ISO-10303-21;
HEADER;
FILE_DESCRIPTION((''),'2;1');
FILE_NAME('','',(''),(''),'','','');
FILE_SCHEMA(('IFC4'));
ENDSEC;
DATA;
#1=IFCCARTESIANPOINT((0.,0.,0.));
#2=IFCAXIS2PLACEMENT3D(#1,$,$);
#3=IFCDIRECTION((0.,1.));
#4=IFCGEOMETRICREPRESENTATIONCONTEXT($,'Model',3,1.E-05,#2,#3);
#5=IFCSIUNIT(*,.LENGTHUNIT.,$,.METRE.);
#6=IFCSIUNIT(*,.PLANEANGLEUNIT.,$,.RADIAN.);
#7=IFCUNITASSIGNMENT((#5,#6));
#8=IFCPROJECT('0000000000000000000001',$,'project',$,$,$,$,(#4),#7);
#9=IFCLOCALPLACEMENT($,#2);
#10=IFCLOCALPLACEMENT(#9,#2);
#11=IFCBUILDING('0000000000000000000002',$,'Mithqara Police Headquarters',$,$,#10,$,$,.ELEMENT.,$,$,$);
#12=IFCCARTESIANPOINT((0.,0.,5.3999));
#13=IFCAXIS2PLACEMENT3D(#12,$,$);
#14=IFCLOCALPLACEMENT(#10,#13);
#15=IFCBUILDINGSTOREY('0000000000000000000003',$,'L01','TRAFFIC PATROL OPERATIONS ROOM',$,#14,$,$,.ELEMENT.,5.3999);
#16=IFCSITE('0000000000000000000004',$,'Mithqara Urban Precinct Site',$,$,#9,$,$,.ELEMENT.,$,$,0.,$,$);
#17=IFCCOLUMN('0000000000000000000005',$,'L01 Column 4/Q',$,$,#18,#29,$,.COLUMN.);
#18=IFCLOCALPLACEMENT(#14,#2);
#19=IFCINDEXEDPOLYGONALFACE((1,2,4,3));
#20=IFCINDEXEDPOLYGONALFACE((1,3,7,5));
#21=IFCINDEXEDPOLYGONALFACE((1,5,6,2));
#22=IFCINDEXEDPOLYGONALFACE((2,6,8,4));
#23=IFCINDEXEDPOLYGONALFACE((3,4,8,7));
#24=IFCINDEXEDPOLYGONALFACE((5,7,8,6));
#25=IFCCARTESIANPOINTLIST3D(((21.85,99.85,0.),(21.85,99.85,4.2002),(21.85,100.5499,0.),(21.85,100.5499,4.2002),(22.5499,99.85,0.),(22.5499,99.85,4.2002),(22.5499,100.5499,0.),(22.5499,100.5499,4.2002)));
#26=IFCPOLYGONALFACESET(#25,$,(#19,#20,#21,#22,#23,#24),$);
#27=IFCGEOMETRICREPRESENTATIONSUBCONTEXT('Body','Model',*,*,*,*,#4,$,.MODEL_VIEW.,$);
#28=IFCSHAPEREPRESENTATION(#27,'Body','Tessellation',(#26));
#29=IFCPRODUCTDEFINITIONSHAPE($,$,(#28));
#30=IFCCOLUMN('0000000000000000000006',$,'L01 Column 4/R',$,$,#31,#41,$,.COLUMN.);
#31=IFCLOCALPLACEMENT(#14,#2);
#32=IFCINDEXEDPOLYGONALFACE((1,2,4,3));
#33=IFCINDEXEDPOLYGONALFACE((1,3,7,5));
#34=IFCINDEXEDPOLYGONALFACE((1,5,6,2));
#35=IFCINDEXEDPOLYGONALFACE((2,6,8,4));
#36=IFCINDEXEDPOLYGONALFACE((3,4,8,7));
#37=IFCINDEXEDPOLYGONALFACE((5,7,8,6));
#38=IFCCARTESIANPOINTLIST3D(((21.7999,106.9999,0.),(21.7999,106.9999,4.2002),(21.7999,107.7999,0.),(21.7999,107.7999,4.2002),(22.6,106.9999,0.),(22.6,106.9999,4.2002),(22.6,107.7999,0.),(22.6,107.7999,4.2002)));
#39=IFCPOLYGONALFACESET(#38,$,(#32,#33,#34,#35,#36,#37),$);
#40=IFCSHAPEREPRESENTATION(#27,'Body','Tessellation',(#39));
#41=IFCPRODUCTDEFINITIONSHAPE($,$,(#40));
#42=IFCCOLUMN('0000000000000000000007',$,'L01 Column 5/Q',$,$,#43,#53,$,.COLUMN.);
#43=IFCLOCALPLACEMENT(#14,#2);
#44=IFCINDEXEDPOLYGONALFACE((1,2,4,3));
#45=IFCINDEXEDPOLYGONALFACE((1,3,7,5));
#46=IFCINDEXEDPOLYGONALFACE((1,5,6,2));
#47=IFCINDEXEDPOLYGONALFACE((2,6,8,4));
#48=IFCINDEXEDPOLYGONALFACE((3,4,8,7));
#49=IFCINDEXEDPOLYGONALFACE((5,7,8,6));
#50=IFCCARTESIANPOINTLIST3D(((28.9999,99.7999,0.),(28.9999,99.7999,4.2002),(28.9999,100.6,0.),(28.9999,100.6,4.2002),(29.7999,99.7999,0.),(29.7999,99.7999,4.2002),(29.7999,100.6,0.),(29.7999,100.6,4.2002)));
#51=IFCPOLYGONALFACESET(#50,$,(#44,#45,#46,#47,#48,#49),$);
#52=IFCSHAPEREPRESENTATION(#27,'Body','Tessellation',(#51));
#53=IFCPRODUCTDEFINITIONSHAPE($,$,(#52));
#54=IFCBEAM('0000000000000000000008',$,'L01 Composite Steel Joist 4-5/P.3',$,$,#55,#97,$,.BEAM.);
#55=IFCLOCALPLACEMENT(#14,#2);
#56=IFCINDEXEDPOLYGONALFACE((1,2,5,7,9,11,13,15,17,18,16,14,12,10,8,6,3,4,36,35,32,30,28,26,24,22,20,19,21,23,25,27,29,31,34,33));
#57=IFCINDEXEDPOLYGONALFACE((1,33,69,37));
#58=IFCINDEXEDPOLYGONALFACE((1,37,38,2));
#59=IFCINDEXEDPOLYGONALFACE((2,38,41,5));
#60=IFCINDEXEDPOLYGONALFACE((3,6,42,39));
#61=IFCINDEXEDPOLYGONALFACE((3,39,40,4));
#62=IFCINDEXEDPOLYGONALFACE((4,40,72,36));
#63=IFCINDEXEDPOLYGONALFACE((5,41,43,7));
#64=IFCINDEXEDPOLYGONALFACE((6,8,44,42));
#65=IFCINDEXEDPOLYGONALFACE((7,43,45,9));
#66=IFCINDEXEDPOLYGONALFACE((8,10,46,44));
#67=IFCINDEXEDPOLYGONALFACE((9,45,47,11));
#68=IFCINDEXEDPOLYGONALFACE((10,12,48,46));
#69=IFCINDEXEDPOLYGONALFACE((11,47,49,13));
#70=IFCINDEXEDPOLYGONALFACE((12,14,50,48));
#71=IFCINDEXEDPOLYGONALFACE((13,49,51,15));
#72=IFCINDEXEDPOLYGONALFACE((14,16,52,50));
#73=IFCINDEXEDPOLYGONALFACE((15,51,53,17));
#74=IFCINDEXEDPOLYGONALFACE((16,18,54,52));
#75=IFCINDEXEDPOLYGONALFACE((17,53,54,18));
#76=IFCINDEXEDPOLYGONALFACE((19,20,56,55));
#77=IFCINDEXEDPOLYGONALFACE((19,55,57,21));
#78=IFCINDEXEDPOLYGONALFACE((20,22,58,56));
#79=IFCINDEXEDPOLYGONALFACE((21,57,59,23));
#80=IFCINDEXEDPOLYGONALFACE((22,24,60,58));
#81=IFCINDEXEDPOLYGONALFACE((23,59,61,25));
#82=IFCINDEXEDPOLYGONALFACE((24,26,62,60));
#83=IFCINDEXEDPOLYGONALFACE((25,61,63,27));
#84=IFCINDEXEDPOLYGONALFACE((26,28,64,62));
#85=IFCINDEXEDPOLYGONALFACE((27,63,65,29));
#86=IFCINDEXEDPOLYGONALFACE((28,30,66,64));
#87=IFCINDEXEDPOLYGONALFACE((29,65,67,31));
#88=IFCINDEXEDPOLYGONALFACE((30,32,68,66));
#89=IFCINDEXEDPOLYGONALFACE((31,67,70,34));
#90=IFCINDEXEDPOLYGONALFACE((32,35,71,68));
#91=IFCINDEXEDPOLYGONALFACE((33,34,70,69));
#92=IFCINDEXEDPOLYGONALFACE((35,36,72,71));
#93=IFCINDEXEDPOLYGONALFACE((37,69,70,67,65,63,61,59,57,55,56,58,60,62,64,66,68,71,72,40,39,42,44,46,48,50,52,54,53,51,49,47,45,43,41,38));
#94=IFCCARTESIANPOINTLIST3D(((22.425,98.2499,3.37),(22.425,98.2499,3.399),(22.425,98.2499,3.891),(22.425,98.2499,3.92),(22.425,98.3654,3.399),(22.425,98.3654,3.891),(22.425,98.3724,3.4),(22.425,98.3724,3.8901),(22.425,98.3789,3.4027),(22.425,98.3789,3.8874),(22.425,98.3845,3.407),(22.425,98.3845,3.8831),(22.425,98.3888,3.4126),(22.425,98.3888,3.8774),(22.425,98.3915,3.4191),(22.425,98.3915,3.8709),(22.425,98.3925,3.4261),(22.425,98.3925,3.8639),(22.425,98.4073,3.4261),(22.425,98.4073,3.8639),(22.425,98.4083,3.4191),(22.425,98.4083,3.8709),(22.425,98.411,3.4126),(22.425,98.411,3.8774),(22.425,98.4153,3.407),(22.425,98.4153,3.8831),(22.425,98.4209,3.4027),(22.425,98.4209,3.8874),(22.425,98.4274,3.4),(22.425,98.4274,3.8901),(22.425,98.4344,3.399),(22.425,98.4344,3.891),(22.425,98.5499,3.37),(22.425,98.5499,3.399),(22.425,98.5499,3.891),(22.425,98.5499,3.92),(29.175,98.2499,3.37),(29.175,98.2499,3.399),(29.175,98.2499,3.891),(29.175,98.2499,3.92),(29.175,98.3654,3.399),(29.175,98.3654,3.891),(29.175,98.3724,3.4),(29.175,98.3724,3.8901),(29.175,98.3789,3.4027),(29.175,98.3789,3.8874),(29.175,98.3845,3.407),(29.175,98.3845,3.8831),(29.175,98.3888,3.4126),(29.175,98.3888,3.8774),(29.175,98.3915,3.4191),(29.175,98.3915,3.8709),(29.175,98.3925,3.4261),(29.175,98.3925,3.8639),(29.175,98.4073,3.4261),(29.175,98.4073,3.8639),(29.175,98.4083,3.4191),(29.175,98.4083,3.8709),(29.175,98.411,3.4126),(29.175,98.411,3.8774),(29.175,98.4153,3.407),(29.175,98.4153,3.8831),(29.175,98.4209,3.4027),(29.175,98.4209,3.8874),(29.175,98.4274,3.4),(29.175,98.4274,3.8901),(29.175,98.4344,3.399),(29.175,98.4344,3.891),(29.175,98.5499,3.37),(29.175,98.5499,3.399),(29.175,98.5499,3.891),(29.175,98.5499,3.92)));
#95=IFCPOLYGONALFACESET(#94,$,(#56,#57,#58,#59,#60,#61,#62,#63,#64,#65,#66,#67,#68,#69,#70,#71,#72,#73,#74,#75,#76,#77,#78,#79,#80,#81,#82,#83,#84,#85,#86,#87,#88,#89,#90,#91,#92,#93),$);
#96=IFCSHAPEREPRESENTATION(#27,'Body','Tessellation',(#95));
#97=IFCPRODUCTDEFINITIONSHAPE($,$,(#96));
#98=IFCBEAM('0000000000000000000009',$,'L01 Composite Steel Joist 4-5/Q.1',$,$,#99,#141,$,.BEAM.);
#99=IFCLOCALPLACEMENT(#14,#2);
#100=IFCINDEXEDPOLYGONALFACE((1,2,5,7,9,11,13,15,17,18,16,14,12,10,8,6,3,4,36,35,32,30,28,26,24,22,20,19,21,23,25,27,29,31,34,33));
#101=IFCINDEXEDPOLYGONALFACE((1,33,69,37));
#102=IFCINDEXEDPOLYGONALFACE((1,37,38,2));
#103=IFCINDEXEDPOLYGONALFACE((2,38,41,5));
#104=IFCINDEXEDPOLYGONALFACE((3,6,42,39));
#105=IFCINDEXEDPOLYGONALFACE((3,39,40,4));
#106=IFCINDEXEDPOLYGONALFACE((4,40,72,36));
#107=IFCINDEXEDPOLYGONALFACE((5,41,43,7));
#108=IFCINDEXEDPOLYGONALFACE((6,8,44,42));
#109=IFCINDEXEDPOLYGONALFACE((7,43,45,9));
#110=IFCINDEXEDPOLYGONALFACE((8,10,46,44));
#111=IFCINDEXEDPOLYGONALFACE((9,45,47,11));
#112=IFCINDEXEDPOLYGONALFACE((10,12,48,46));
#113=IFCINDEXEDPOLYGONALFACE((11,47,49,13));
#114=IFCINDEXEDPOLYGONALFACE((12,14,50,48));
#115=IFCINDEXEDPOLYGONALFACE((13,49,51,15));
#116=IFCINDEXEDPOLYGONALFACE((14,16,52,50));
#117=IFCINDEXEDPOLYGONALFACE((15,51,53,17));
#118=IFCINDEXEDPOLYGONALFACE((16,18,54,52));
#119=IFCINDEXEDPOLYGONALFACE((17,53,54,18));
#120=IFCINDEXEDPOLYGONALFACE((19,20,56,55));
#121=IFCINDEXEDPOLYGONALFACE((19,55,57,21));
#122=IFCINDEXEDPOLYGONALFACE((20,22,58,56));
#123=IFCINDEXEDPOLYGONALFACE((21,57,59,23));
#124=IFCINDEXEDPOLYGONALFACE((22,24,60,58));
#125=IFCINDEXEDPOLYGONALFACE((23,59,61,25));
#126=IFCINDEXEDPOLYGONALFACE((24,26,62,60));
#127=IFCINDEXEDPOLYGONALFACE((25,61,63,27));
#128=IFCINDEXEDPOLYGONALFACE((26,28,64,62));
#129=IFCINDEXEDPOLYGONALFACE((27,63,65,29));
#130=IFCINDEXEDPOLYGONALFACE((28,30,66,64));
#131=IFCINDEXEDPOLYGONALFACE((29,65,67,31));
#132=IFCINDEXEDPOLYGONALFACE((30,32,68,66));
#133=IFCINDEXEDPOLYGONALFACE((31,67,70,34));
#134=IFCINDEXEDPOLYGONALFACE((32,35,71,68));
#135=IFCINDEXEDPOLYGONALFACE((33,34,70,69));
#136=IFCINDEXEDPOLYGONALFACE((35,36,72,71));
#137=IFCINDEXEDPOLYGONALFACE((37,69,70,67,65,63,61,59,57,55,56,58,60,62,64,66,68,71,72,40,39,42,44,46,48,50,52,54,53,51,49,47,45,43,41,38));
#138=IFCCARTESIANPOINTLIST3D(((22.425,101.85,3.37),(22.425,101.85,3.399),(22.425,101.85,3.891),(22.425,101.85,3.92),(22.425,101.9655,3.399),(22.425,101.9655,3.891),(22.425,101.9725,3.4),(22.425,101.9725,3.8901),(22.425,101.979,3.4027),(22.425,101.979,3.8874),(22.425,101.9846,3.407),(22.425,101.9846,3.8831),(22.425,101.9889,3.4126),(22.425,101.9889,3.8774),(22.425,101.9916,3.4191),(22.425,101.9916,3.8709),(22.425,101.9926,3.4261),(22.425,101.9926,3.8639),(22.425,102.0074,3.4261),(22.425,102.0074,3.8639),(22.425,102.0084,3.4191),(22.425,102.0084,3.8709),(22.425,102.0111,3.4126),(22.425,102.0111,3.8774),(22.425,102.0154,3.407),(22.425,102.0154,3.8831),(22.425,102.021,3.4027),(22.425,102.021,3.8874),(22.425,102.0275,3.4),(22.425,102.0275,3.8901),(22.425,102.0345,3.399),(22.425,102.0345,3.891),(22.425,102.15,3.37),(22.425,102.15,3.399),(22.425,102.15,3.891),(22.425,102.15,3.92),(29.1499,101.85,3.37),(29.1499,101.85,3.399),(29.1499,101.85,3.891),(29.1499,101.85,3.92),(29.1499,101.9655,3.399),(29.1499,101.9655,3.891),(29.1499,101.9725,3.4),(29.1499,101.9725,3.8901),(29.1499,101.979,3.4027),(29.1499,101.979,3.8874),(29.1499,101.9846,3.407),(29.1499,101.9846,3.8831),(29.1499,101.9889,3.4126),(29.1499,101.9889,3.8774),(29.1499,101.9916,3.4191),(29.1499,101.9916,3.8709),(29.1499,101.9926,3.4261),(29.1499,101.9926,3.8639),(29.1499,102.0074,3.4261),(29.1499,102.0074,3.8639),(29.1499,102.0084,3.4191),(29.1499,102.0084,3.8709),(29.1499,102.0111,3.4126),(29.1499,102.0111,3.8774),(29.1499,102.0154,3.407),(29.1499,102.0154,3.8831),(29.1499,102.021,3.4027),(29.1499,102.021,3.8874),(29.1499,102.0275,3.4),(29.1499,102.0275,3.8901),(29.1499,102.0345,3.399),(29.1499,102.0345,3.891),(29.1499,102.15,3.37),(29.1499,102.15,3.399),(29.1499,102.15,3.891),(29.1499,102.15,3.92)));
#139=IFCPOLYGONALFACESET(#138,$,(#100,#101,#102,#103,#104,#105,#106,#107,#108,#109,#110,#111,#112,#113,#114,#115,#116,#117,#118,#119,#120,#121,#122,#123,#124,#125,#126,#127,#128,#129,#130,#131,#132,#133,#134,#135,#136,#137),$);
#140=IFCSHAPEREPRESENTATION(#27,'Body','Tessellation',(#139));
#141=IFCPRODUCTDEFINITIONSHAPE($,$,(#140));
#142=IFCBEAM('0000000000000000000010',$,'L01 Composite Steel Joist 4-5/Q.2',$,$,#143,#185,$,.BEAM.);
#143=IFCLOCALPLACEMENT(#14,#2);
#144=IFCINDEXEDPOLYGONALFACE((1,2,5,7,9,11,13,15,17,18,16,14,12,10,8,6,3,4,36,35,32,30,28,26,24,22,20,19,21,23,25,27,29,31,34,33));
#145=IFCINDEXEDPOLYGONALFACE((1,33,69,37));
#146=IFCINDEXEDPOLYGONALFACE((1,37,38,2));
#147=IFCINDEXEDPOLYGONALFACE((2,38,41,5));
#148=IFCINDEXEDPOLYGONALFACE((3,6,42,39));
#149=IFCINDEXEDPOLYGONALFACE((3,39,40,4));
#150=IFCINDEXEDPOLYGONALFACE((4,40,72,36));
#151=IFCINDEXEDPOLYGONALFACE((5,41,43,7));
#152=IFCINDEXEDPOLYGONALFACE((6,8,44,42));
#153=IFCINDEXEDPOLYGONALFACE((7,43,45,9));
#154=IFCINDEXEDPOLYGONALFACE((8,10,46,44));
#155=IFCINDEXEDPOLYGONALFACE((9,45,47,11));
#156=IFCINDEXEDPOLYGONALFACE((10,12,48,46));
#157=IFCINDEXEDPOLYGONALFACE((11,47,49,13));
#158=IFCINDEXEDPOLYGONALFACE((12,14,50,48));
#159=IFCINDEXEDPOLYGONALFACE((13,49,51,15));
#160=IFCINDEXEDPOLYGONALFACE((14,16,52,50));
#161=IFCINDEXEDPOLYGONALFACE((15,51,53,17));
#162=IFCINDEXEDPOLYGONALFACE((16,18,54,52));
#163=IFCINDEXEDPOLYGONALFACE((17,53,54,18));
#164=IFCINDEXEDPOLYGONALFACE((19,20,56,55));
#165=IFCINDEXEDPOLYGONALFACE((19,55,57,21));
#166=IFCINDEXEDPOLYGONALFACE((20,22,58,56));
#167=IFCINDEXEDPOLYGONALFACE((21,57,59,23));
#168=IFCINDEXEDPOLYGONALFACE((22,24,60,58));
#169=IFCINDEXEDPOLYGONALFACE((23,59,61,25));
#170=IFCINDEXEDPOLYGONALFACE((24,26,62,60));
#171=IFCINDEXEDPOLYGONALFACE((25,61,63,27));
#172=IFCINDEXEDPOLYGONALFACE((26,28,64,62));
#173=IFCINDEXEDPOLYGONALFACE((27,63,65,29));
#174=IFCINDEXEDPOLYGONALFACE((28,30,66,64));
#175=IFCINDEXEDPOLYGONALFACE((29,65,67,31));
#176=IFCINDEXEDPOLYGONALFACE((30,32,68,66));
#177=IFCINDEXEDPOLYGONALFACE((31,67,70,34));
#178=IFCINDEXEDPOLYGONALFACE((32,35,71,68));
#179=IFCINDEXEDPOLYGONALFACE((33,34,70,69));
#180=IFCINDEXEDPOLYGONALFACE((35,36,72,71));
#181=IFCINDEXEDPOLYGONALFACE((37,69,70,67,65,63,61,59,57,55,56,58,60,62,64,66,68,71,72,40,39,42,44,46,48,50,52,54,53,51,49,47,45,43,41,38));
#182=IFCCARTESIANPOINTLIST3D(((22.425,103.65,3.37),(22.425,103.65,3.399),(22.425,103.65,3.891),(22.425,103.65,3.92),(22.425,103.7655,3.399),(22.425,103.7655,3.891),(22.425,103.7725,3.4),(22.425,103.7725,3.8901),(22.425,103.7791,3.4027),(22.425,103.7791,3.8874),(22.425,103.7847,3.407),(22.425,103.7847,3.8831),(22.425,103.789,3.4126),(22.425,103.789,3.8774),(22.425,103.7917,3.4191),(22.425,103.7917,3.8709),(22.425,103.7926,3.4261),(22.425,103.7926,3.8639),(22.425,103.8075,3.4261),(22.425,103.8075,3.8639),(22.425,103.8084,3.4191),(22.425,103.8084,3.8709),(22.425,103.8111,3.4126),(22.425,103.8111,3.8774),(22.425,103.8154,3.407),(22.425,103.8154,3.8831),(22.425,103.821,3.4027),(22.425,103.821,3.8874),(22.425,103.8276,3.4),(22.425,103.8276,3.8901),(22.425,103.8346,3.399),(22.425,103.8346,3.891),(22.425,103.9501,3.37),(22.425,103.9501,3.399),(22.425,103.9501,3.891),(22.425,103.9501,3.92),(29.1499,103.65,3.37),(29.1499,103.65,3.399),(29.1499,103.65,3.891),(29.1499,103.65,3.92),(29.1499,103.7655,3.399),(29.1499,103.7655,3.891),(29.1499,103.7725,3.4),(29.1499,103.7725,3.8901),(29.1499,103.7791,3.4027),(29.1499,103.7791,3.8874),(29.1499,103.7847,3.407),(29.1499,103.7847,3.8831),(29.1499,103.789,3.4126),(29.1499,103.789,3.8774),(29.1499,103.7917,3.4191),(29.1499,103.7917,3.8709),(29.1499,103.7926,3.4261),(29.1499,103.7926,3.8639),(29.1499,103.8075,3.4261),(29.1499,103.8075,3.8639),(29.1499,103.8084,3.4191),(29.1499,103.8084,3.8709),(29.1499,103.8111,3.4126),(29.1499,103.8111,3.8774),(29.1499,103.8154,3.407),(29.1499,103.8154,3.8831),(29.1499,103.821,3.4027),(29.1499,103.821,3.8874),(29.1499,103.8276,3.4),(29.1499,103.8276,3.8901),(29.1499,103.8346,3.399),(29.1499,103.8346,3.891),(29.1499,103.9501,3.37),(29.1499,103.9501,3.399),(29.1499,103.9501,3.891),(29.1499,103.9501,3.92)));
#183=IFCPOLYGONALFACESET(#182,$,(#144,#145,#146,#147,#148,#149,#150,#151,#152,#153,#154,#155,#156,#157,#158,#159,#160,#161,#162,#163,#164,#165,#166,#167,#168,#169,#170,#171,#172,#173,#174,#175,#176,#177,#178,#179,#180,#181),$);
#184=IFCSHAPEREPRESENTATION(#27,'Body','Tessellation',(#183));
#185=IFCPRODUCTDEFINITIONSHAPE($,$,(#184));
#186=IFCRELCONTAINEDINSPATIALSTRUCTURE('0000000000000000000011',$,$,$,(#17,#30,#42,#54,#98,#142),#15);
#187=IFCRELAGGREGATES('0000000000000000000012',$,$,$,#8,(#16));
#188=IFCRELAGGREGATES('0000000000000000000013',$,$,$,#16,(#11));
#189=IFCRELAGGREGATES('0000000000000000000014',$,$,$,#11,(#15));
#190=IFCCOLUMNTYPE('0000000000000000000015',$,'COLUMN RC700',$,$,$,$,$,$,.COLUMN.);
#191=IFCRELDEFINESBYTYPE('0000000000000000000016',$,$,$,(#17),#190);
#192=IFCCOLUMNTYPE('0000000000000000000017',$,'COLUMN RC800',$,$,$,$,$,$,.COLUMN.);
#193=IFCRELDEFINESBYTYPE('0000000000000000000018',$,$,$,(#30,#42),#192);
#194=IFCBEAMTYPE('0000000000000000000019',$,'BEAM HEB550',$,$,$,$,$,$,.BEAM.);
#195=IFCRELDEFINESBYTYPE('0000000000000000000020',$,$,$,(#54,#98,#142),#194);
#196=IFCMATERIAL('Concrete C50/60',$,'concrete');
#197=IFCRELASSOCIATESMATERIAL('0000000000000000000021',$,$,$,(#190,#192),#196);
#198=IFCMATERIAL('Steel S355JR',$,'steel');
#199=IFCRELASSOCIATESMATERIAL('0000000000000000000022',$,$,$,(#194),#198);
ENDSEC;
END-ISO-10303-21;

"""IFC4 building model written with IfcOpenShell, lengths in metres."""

from ifc_helpers import new_model, si_unit, direction, frame, origin, origin_2d, place, context, subcontext, project, spatial, rectangle, i_section, extrude, material, material_profile, profile_set, type_object, element, save


model = new_model("IFC4")

# Units and contexts
model_context = context("Model", 3, precision=1e-05, world=origin(), true_north=direction((0.0, 1.0)))
body_context = subcontext(model_context, "Body", "Model", "MODEL_VIEW")
ifc_project = project(units=[si_unit("LENGTHUNIT", "METRE"), si_unit("PLANEANGLEUNIT", "RADIAN")], contexts=[model_context])

# Site, building, storey
site_placement = place(None, origin())
site = spatial("IfcSite", under=ifc_project, at=site_placement, Name="Mithqara Urban Precinct Site", CompositionType="ELEMENT", RefElevation=0.0)
building_placement = place(site_placement, origin())
building = spatial("IfcBuilding", under=site, at=building_placement, Name="Mithqara Police Headquarters", CompositionType="ELEMENT")
storey_placement = place(building_placement, frame((0.0, 0.0, 5.3999)))
storey = spatial("IfcBuildingStorey", under=building, at=storey_placement, Name="L01", Description="TRAFFIC PATROL OPERATIONS ROOM", CompositionType="ELEMENT", Elevation=5.3999)

# Columns
ifc_material_1 = material(Name="Concrete C50/60", Category="concrete")
ifc_material_profile_1 = material_profile(ifc_material_1, rectangle(XDim=0.7, YDim=0.7, at=origin_2d()), Name="RC 700x700")
ifc_profile_set_1 = profile_set([ifc_material_profile_1], Name="Concrete C50/60")
column_type_1 = type_object("IfcColumnType", Name="COLUMN RC700", PredefinedType="COLUMN", material=ifc_profile_set_1)
column_placement = place(storey_placement, frame((22.2, 100.2, 0.0), z_axis=(0.0, 0.0, 1.0), x_axis=(1.0, 0.0, 0.0)))
element("IfcColumn", 1, at=column_placement, inside=storey, type_object=column_type_1, Name="L01 Column 4/Q", PredefinedType="COLUMN", context=body_context, shape_type="SweptSolid", body=[
    extrude(rectangle(XDim=0.7, YDim=0.7, at=origin_2d()), origin(), (0.0, 0.0, 1.0), 4.2002),
])
ifc_material_profile_2 = material_profile(ifc_material_1, rectangle(XDim=0.8, YDim=0.8, at=origin_2d()), Name="RC 800x800")
ifc_profile_set_2 = profile_set([ifc_material_profile_2], Name="Concrete C50/60")
column_type_2 = type_object("IfcColumnType", Name="COLUMN RC800", PredefinedType="COLUMN", material=ifc_profile_set_2)
for number, where, z_axis, x_axis, name in (
    (2, (22.2, 107.3999, 0.0), (0.0, 0.0, 1.0), (1.0, 0.0, 0.0), "L01 Column 4/R"),
    (3, (29.3999, 100.2, 0.0), (0.0, 0.0, 1.0), (1.0, 0.0, 0.0), "L01 Column 5/Q"),
):
    element("IfcColumn", number, at=place(storey_placement, frame(where, z_axis=z_axis, x_axis=x_axis)), inside=storey, type_object=column_type_2, Name=name, PredefinedType="COLUMN", context=body_context, shape_type="SweptSolid", body=[
        extrude(rectangle(XDim=0.8, YDim=0.8, at=origin_2d()), origin(), (0.0, 0.0, 1.0), 4.2002),
    ])

# Beams
ifc_material_2 = material(Name="Steel S355JR", Category="steel")
ifc_material_profile_3 = material_profile(ifc_material_2, i_section(OverallWidth=0.3, OverallDepth=0.55, WebThickness=0.0149, FlangeThickness=0.0291, FilletRadius=0.0271, at=origin_2d()), Name="HEB 550")
ifc_profile_set_3 = profile_set([ifc_material_profile_3], Name="Steel S355JR")
beam_type_1 = type_object("IfcBeamType", Name="BEAM HEB550", PredefinedType="BEAM", material=ifc_profile_set_3)
beam_1_placement = place(storey_placement, frame((22.425, 98.3999, 3.645), z_axis=(1.0, 0.0, 0.0), x_axis=(0.0, 1.0, 0.0)))
element("IfcBeam", 4, at=beam_1_placement, inside=storey, type_object=beam_type_1, Name="L01 Composite Steel Joist 4-5/P.3", PredefinedType="BEAM", context=body_context, shape_type="SweptSolid", body=[
    extrude(i_section(OverallWidth=0.3, OverallDepth=0.55, WebThickness=0.0149, FlangeThickness=0.0291, FilletRadius=0.0271, at=origin_2d()), origin(), (0.0, 0.0, 1.0), 6.75),
])
for number, where, z_axis, x_axis, name in (
    (5, (22.425, 102.0, 3.645), (1.0, 0.0, 0.0), (0.0, 1.0, 0.0), "L01 Composite Steel Joist 4-5/Q.1"),
    (6, (22.425, 103.8, 3.645), (1.0, 0.0, 0.0), (0.0, 1.0, 0.0), "L01 Composite Steel Joist 4-5/Q.2"),
):
    element("IfcBeam", number, at=place(storey_placement, frame(where, z_axis=z_axis, x_axis=x_axis)), inside=storey, type_object=beam_type_1, Name=name, PredefinedType="BEAM", context=body_context, shape_type="SweptSolid", body=[
        extrude(i_section(OverallWidth=0.3, OverallDepth=0.55, WebThickness=0.0149, FlangeThickness=0.0291, FilletRadius=0.0271, at=origin_2d()), origin(), (0.0, 0.0, 1.0), 6.7249),
    ])

save(model, "model.ifc")
